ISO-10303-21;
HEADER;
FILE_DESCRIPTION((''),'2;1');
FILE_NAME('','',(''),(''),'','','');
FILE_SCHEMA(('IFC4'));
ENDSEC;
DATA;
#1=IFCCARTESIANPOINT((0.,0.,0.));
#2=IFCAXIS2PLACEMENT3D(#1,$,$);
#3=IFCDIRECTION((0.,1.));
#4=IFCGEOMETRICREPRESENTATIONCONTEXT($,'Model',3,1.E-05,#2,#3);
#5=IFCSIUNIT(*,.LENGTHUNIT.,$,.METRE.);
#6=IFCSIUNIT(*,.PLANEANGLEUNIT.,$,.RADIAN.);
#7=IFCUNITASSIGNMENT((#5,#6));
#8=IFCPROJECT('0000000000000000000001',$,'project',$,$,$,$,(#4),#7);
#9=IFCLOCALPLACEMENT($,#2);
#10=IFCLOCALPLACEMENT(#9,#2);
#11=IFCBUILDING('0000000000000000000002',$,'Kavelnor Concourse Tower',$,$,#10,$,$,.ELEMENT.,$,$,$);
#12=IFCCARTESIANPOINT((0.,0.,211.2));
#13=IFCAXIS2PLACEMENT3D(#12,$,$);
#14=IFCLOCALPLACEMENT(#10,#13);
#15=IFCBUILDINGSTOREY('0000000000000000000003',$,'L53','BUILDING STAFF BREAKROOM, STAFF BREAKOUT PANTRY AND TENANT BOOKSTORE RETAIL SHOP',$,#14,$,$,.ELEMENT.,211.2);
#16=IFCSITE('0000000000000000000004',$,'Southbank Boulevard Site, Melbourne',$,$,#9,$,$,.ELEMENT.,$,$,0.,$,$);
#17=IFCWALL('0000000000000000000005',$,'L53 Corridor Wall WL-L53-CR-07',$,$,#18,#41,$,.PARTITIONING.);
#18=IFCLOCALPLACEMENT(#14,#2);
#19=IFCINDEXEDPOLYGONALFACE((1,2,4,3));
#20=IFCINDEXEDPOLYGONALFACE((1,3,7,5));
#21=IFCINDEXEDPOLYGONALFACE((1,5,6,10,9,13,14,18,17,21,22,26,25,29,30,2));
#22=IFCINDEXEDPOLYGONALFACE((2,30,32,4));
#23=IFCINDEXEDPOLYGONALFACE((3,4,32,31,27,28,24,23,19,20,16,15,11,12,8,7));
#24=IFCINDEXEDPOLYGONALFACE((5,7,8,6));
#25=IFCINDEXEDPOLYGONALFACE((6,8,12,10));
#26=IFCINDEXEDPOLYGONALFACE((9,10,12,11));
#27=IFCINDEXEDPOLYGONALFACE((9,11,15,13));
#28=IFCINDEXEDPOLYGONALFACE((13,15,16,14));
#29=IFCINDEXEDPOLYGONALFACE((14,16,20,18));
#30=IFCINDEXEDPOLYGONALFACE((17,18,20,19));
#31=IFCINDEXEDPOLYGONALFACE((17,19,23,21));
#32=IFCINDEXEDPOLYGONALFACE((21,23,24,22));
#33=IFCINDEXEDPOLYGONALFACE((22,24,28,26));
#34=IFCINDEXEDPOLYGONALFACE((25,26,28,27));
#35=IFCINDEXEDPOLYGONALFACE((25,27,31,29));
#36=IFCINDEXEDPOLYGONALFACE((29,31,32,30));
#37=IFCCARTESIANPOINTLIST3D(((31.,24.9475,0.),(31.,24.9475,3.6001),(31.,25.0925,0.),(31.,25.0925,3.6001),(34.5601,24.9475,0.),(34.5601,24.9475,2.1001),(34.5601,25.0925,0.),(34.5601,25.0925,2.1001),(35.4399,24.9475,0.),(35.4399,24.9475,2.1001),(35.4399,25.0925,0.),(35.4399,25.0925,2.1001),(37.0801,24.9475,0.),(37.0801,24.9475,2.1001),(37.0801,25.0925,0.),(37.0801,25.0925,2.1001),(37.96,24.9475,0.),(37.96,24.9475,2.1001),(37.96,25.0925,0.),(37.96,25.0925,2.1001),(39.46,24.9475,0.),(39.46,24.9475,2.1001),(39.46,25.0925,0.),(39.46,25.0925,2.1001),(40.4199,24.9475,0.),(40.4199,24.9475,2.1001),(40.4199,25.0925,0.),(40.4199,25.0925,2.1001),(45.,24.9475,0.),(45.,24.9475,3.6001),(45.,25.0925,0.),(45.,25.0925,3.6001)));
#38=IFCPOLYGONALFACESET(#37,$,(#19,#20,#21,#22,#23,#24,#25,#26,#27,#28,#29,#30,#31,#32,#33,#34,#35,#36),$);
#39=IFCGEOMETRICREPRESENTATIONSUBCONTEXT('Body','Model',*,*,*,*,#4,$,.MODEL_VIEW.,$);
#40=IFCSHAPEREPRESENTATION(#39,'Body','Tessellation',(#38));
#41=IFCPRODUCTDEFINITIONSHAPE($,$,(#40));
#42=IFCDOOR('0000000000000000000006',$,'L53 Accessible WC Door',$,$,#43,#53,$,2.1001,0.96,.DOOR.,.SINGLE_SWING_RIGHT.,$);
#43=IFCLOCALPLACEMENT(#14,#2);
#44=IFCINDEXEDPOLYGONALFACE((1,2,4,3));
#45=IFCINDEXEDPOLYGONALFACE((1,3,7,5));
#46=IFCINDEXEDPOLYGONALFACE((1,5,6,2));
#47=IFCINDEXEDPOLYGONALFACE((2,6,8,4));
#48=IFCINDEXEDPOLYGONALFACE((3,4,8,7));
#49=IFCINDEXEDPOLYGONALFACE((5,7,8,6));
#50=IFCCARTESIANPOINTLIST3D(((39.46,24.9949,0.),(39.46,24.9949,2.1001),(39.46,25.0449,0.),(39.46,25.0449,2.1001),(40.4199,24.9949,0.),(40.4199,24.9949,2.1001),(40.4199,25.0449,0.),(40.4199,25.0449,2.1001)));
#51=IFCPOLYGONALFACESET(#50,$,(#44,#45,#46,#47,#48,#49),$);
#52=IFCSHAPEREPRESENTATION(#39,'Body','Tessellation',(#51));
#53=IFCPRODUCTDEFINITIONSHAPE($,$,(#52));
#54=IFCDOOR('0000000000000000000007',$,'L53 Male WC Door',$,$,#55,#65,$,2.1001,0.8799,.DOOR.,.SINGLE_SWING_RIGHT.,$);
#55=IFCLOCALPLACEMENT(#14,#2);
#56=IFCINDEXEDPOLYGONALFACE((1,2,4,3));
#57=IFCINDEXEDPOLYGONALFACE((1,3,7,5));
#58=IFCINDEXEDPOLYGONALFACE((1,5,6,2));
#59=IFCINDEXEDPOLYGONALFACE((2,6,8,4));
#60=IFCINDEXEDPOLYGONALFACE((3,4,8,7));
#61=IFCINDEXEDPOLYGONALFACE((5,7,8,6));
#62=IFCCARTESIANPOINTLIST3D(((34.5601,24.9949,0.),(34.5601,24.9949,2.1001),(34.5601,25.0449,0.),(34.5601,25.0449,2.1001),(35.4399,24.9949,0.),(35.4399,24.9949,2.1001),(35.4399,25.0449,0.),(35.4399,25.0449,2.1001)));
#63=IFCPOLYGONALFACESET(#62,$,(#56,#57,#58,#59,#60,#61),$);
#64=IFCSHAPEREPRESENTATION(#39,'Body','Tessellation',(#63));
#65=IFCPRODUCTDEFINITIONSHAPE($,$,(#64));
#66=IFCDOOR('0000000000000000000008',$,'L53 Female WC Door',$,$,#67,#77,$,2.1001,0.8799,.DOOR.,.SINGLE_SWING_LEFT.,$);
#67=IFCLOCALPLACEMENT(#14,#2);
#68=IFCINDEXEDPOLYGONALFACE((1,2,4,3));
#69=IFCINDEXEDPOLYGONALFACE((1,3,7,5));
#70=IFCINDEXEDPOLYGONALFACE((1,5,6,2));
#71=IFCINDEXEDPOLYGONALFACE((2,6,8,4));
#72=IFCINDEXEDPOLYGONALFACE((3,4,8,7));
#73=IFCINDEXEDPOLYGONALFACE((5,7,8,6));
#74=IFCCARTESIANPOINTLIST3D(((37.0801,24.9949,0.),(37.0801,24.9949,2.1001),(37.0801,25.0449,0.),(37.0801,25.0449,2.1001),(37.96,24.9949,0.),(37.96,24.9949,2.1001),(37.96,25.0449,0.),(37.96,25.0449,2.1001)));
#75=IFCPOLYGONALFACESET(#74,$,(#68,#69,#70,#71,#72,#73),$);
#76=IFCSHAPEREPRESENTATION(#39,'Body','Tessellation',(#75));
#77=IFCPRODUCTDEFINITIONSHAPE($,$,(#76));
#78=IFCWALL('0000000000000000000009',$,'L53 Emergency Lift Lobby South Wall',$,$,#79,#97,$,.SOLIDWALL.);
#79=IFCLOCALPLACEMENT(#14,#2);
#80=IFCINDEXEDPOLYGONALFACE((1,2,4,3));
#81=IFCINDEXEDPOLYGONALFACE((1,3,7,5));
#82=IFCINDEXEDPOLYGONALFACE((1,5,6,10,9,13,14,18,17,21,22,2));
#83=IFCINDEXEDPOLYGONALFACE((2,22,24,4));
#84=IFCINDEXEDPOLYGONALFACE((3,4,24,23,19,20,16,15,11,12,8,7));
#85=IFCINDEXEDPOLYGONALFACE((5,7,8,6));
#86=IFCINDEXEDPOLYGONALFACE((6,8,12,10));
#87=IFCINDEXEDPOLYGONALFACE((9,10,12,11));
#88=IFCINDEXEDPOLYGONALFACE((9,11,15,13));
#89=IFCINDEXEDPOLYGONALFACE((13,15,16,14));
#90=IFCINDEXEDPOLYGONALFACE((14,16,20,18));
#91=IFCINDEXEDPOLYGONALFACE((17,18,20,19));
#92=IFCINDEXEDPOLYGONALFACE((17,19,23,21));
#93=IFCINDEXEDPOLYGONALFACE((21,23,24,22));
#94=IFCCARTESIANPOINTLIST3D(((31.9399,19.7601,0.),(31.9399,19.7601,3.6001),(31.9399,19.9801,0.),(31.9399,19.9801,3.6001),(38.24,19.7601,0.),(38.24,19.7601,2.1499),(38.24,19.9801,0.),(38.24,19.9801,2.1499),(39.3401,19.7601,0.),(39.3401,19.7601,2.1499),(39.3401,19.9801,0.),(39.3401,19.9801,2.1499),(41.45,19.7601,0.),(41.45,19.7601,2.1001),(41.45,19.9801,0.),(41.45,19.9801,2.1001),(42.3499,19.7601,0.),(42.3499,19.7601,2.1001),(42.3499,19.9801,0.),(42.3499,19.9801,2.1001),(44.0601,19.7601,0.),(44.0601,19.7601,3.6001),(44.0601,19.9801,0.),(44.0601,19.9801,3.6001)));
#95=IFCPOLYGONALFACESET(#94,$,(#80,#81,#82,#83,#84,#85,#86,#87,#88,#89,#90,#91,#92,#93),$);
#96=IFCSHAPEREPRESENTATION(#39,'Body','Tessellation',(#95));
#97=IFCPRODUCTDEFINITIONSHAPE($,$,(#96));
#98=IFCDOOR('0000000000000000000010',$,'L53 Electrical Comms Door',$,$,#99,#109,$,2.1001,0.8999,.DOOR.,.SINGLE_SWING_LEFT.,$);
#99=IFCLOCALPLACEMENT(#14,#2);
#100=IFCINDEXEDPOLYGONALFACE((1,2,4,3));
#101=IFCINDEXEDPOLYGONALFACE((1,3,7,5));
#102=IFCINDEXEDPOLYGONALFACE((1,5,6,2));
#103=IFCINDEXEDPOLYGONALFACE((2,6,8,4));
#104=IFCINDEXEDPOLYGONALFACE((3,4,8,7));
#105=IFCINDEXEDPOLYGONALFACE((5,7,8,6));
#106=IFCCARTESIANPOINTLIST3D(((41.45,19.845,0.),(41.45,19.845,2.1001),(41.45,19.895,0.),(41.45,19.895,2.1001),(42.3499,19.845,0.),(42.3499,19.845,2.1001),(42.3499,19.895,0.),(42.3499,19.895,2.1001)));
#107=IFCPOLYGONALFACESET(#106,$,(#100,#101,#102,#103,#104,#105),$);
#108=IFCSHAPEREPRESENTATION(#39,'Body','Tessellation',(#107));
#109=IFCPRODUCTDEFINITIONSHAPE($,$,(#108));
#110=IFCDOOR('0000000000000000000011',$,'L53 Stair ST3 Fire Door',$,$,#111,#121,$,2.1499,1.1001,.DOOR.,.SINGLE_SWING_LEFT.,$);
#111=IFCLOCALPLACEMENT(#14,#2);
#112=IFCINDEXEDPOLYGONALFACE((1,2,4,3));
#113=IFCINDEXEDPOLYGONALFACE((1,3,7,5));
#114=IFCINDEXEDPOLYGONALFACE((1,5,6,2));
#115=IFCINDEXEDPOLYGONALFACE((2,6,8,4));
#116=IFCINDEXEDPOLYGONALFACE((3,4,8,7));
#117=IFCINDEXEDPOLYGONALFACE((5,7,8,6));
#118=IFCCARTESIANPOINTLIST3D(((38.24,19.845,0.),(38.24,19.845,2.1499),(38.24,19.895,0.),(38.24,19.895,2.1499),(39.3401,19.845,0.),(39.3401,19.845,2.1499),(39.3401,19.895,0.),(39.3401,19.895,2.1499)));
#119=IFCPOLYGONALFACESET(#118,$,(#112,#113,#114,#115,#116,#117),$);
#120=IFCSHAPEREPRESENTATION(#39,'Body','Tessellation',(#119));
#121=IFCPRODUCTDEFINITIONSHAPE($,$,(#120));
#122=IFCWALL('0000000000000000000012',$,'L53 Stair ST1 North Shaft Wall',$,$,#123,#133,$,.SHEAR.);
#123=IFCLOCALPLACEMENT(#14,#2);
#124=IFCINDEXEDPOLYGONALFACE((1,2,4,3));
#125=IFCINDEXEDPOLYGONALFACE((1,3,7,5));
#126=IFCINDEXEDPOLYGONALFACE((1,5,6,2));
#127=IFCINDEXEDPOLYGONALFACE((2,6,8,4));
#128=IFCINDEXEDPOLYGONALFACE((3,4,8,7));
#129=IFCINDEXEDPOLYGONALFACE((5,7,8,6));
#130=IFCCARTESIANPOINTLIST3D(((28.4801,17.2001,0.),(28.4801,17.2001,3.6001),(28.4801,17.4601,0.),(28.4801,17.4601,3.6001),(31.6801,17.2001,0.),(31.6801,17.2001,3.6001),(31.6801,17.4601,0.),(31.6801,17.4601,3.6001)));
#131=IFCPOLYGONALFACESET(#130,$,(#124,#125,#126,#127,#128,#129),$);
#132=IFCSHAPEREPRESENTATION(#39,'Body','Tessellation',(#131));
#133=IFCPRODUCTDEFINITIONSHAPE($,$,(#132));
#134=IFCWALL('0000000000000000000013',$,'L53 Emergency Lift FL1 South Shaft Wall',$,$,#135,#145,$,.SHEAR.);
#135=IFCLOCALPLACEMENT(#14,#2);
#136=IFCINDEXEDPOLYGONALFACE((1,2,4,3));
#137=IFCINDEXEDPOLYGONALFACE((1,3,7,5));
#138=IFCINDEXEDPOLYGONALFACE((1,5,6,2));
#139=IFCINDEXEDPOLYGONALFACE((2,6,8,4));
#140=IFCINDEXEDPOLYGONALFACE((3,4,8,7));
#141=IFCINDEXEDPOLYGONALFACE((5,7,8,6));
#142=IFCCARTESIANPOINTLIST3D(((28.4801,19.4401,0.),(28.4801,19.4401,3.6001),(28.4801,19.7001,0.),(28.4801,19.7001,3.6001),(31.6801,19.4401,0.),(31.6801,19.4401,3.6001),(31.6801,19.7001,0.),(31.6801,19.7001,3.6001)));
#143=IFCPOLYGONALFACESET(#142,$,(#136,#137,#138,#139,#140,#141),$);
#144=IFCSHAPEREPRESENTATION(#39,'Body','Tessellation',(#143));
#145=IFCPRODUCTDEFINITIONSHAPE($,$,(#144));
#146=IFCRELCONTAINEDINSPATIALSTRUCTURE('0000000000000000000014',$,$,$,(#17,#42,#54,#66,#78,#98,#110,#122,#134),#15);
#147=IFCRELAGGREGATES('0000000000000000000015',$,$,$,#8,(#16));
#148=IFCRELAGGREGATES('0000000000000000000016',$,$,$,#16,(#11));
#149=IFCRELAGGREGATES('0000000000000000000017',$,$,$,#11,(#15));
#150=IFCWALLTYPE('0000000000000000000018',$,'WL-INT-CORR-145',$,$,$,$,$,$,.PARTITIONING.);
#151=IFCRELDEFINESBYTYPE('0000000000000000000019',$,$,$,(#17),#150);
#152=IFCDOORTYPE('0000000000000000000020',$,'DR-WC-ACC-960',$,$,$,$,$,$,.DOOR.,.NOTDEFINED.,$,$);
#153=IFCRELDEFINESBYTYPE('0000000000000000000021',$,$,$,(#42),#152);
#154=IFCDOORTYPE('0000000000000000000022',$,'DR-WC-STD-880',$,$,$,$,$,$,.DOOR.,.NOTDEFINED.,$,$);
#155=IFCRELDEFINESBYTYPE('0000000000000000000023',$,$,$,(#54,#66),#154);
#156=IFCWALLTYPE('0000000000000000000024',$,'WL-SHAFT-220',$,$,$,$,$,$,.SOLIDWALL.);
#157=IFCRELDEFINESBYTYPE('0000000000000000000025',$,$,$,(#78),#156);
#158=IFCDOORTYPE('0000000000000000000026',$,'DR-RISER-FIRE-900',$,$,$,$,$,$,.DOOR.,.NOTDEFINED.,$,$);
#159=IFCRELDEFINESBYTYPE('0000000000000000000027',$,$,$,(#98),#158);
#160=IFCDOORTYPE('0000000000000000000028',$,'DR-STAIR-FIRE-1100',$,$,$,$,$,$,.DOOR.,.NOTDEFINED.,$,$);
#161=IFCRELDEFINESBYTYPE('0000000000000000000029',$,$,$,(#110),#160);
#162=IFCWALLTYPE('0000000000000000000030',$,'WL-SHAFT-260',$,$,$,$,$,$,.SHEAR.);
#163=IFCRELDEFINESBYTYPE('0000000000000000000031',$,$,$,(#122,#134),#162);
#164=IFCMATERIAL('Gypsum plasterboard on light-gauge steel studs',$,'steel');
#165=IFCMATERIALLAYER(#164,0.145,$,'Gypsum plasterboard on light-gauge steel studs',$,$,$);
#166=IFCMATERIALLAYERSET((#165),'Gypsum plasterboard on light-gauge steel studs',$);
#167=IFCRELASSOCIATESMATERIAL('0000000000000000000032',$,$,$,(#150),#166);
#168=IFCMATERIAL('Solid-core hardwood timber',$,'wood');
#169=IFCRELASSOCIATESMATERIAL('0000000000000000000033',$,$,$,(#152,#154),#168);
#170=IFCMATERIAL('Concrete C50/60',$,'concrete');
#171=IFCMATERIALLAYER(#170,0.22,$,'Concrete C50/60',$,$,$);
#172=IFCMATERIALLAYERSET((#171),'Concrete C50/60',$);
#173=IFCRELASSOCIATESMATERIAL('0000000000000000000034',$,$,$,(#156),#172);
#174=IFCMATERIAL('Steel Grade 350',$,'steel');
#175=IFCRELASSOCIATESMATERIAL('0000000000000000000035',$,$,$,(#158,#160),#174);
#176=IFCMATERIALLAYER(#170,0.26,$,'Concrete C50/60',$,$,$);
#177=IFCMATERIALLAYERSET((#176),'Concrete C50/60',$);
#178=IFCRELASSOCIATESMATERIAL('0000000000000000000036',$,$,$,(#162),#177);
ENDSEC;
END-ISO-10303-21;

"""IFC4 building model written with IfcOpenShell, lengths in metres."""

from ifc_helpers import new_model, si_unit, direction, frame, frame_2d, origin, place, context, subcontext, project, spatial, rectangle, extrude, material, layer, layer_set, type_object, element, fill, save


model = new_model("IFC4")

# Units and contexts
model_context = context("Model", 3, precision=1e-05, world=origin(), true_north=direction((0.0, 1.0)))
body_context = subcontext(model_context, "Body", "Model", "MODEL_VIEW")
ifc_project = project(units=[si_unit("LENGTHUNIT", "METRE"), si_unit("PLANEANGLEUNIT", "RADIAN")], contexts=[model_context])

# Site, building, storey
site_placement = place(None, origin())
site = spatial("IfcSite", under=ifc_project, at=site_placement, Name="Southbank Boulevard Site, Melbourne", CompositionType="ELEMENT", RefElevation=0.0)
building_placement = place(site_placement, origin())
building = spatial("IfcBuilding", under=site, at=building_placement, Name="Kavelnor Concourse Tower", CompositionType="ELEMENT")
storey_placement = place(building_placement, frame((0.0, 0.0, 211.2)))
storey = spatial("IfcBuildingStorey", under=building, at=storey_placement, Name="L53", Description="BUILDING STAFF BREAKROOM, STAFF BREAKOUT PANTRY AND TENANT BOOKSTORE RETAIL SHOP", CompositionType="ELEMENT", Elevation=211.2)

# Shared definitions
ifc_material_1 = material(Name="Steel Grade 350", Category="steel")

# Shared definitions
ifc_material_2 = material(Name="Gypsum plasterboard on light-gauge steel studs", Category="steel")
ifc_layer_1 = layer(ifc_material_2, 0.145, Name="Gypsum plasterboard on light-gauge steel studs")
ifc_layer_set_1 = layer_set([ifc_layer_1], Name="Gypsum plasterboard on light-gauge steel studs")
wall_type_1 = type_object("IfcWallType", Name="WL-INT-CORR-145", PredefinedType="PARTITIONING", material=ifc_layer_set_1)
ifc_material_3 = material(Name="Solid-core hardwood timber", Category="wood")

# Walls, openings, doors
wall_1_placement = place(storey_placement, frame((31.0, 25.02, 0.0), z_axis=(0.0, 0.0, 1.0), x_axis=(1.0, 0.0, 0.0)))
wall_1 = element("IfcWall", 1, at=wall_1_placement, inside=storey, type_object=wall_type_1, Name="L53 Corridor Wall WL-L53-CR-07", PredefinedType="PARTITIONING", context=body_context, shape_type="SweptSolid", body=[
    extrude(rectangle(XDim=14.0, YDim=0.145, at=frame_2d((7.0, 0.0))), origin(), (0.0, 0.0, 1.0), 3.6001),
])
opening_1_placement = place(wall_1_placement, frame((3.5601, 0.0, 0.0)))
opening_1 = element("IfcOpeningElement", 2, at=opening_1_placement, cuts=wall_1, PredefinedType="OPENING", context=body_context, shape_type="SweptSolid", body=[
    extrude(rectangle(XDim=0.8799, YDim=2.1001, at=frame_2d((0.4399, 1.05))), frame((0.0, 0.0825, 0.0), z_axis=(0.0, -1.0, 0.0), x_axis=(1.0, 0.0, 0.0)), (0.0, 0.0, 1.0), 0.165),
])
opening_2_placement = place(wall_1_placement, frame((6.0801, 0.0, 0.0)))
opening_2 = element("IfcOpeningElement", 3, at=opening_2_placement, cuts=wall_1, PredefinedType="OPENING", context=body_context, shape_type="SweptSolid", body=[
    extrude(rectangle(XDim=0.8799, YDim=2.1001, at=frame_2d((0.4399, 1.05))), frame((0.0, 0.0825, 0.0), z_axis=(0.0, -1.0, 0.0), x_axis=(1.0, 0.0, 0.0)), (0.0, 0.0, 1.0), 0.165),
])
opening_3_placement = place(wall_1_placement, frame((8.46, 0.0, 0.0)))
opening_3 = element("IfcOpeningElement", 4, at=opening_3_placement, cuts=wall_1, PredefinedType="OPENING", context=body_context, shape_type="SweptSolid", body=[
    extrude(rectangle(XDim=0.96, YDim=2.1001, at=frame_2d((0.48, 1.05))), frame((0.0, 0.0825, 0.0), z_axis=(0.0, -1.0, 0.0), x_axis=(1.0, 0.0, 0.0)), (0.0, 0.0, 1.0), 0.165),
])
door_type_1 = type_object("IfcDoorType", Name="DR-WC-ACC-960", OperationType="NOTDEFINED", PredefinedType="DOOR", material=ifc_material_3)
door_1_placement = place(opening_3_placement, origin())
door_1 = element("IfcDoor", 5, at=door_1_placement, inside=storey, type_object=door_type_1, Name="L53 Accessible WC Door", OperationType="SINGLE_SWING_RIGHT", OverallHeight=2.1001, OverallWidth=0.96, PredefinedType="DOOR", context=body_context, shape_type="SweptSolid", body=[
    extrude(rectangle(XDim=0.96, YDim=2.1001, at=frame_2d((0.48, 1.05))), frame((0.0, 0.0249, 0.0), z_axis=(0.0, -1.0, 0.0), x_axis=(1.0, 0.0, 0.0)), (0.0, 0.0, 1.0), 0.05),
])
fill(opening_3, door_1)
door_type_2 = type_object("IfcDoorType", Name="DR-WC-STD-880", OperationType="NOTDEFINED", PredefinedType="DOOR", material=ifc_material_3)
door_2_placement = place(opening_1_placement, origin())
door_2 = element("IfcDoor", 6, at=door_2_placement, inside=storey, type_object=door_type_2, Name="L53 Male WC Door", OperationType="SINGLE_SWING_RIGHT", OverallHeight=2.1001, OverallWidth=0.8799, PredefinedType="DOOR", context=body_context, shape_type="SweptSolid", body=[
    extrude(rectangle(XDim=0.8799, YDim=2.1001, at=frame_2d((0.4399, 1.05))), frame((0.0, 0.0249, 0.0), z_axis=(0.0, -1.0, 0.0), x_axis=(1.0, 0.0, 0.0)), (0.0, 0.0, 1.0), 0.05),
])
fill(opening_1, door_2)
door_3_placement = place(opening_2_placement, origin())
door_3 = element("IfcDoor", 7, at=door_3_placement, inside=storey, type_object=door_type_2, Name="L53 Female WC Door", OperationType="SINGLE_SWING_LEFT", OverallHeight=2.1001, OverallWidth=0.8799, PredefinedType="DOOR", context=body_context, shape_type="SweptSolid", body=[
    extrude(rectangle(XDim=0.8799, YDim=2.1001, at=frame_2d((0.4399, 1.05))), frame((0.0, 0.0249, 0.0), z_axis=(0.0, -1.0, 0.0), x_axis=(1.0, 0.0, 0.0)), (0.0, 0.0, 1.0), 0.05),
])
fill(opening_2, door_3)
ifc_material_4 = material(Name="Concrete C50/60", Category="concrete")
ifc_layer_2 = layer(ifc_material_4, 0.22, Name="Concrete C50/60")
ifc_layer_set_2 = layer_set([ifc_layer_2], Name="Concrete C50/60")
wall_type_2 = type_object("IfcWallType", Name="WL-SHAFT-220", PredefinedType="SOLIDWALL", material=ifc_layer_set_2)
wall_2_placement = place(storey_placement, frame((31.9399, 19.8701, 0.0), z_axis=(0.0, 0.0, 1.0), x_axis=(1.0, 0.0, 0.0)))
wall_2 = element("IfcWall", 8, at=wall_2_placement, inside=storey, type_object=wall_type_2, Name="L53 Emergency Lift Lobby South Wall", PredefinedType="SOLIDWALL", context=body_context, shape_type="SweptSolid", body=[
    extrude(rectangle(XDim=12.1201, YDim=0.22, at=frame_2d((6.0601, 0.0))), origin(), (0.0, 0.0, 1.0), 3.6001),
])
opening_4_placement = place(wall_2_placement, frame((6.3, 0.0, 0.0)))
opening_4 = element("IfcOpeningElement", 9, at=opening_4_placement, cuts=wall_2, PredefinedType="OPENING", context=body_context, shape_type="SweptSolid", body=[
    extrude(rectangle(XDim=1.1001, YDim=2.1499, at=frame_2d((0.55, 1.075))), frame((0.0, 0.1201, 0.0), z_axis=(0.0, -1.0, 0.0), x_axis=(1.0, 0.0, 0.0)), (0.0, 0.0, 1.0), 0.24),
])
opening_5_placement = place(wall_2_placement, frame((9.51, 0.0, 0.0)))
opening_5 = element("IfcOpeningElement", 10, at=opening_5_placement, cuts=wall_2, PredefinedType="OPENING", context=body_context, shape_type="SweptSolid", body=[
    extrude(rectangle(XDim=0.8999, YDim=2.1001, at=frame_2d((0.45, 1.05))), frame((0.0, 0.1201, 0.0), z_axis=(0.0, -1.0, 0.0), x_axis=(1.0, 0.0, 0.0)), (0.0, 0.0, 1.0), 0.24),
])
door_type_3 = type_object("IfcDoorType", Name="DR-RISER-FIRE-900", OperationType="NOTDEFINED", PredefinedType="DOOR", material=ifc_material_1)
door_4_placement = place(opening_5_placement, origin())
door_4 = element("IfcDoor", 11, at=door_4_placement, inside=storey, type_object=door_type_3, Name="L53 Electrical Comms Door", OperationType="SINGLE_SWING_LEFT", OverallHeight=2.1001, OverallWidth=0.8999, PredefinedType="DOOR", context=body_context, shape_type="SweptSolid", body=[
    extrude(rectangle(XDim=0.8999, YDim=2.1001, at=frame_2d((0.45, 1.05))), frame((0.0, 0.0249, 0.0), z_axis=(0.0, -1.0, 0.0), x_axis=(1.0, 0.0, 0.0)), (0.0, 0.0, 1.0), 0.05),
])
fill(opening_5, door_4)
door_type_4 = type_object("IfcDoorType", Name="DR-STAIR-FIRE-1100", OperationType="NOTDEFINED", PredefinedType="DOOR", material=ifc_material_1)
door_5_placement = place(opening_4_placement, origin())
door_5 = element("IfcDoor", 12, at=door_5_placement, inside=storey, type_object=door_type_4, Name="L53 Stair ST3 Fire Door", OperationType="SINGLE_SWING_LEFT", OverallHeight=2.1499, OverallWidth=1.1001, PredefinedType="DOOR", context=body_context, shape_type="SweptSolid", body=[
    extrude(rectangle(XDim=1.1001, YDim=2.1499, at=frame_2d((0.55, 1.075))), frame((0.0, 0.0249, 0.0), z_axis=(0.0, -1.0, 0.0), x_axis=(1.0, 0.0, 0.0)), (0.0, 0.0, 1.0), 0.05),
])
fill(opening_4, door_5)

# Walls
ifc_layer_3 = layer(ifc_material_4, 0.26, Name="Concrete C50/60")
ifc_layer_set_3 = layer_set([ifc_layer_3], Name="Concrete C50/60")
wall_type_3 = type_object("IfcWallType", Name="WL-SHAFT-260", PredefinedType="SHEAR", material=ifc_layer_set_3)
for number, where, z_axis, x_axis, name in (
    (13, (28.48, 17.3301, 0.0), (0.0, 0.0, 1.0), (1.0, 0.0, 0.0), "L53 Stair ST1 North Shaft Wall"),
    (14, (28.48, 19.5701, 0.0), (0.0, 0.0, 1.0), (1.0, 0.0, 0.0), "L53 Emergency Lift FL1 South Shaft Wall"),
):
    element("IfcWall", number, at=place(storey_placement, frame(where, z_axis=z_axis, x_axis=x_axis)), inside=storey, type_object=wall_type_3, Name=name, PredefinedType="SHEAR", context=body_context, shape_type="SweptSolid", body=[
        extrude(rectangle(XDim=3.2, YDim=0.26, at=frame_2d((1.6001, 0.0))), origin(), (0.0, 0.0, 1.0), 3.6001),
    ])

save(model, "model.ifc")
